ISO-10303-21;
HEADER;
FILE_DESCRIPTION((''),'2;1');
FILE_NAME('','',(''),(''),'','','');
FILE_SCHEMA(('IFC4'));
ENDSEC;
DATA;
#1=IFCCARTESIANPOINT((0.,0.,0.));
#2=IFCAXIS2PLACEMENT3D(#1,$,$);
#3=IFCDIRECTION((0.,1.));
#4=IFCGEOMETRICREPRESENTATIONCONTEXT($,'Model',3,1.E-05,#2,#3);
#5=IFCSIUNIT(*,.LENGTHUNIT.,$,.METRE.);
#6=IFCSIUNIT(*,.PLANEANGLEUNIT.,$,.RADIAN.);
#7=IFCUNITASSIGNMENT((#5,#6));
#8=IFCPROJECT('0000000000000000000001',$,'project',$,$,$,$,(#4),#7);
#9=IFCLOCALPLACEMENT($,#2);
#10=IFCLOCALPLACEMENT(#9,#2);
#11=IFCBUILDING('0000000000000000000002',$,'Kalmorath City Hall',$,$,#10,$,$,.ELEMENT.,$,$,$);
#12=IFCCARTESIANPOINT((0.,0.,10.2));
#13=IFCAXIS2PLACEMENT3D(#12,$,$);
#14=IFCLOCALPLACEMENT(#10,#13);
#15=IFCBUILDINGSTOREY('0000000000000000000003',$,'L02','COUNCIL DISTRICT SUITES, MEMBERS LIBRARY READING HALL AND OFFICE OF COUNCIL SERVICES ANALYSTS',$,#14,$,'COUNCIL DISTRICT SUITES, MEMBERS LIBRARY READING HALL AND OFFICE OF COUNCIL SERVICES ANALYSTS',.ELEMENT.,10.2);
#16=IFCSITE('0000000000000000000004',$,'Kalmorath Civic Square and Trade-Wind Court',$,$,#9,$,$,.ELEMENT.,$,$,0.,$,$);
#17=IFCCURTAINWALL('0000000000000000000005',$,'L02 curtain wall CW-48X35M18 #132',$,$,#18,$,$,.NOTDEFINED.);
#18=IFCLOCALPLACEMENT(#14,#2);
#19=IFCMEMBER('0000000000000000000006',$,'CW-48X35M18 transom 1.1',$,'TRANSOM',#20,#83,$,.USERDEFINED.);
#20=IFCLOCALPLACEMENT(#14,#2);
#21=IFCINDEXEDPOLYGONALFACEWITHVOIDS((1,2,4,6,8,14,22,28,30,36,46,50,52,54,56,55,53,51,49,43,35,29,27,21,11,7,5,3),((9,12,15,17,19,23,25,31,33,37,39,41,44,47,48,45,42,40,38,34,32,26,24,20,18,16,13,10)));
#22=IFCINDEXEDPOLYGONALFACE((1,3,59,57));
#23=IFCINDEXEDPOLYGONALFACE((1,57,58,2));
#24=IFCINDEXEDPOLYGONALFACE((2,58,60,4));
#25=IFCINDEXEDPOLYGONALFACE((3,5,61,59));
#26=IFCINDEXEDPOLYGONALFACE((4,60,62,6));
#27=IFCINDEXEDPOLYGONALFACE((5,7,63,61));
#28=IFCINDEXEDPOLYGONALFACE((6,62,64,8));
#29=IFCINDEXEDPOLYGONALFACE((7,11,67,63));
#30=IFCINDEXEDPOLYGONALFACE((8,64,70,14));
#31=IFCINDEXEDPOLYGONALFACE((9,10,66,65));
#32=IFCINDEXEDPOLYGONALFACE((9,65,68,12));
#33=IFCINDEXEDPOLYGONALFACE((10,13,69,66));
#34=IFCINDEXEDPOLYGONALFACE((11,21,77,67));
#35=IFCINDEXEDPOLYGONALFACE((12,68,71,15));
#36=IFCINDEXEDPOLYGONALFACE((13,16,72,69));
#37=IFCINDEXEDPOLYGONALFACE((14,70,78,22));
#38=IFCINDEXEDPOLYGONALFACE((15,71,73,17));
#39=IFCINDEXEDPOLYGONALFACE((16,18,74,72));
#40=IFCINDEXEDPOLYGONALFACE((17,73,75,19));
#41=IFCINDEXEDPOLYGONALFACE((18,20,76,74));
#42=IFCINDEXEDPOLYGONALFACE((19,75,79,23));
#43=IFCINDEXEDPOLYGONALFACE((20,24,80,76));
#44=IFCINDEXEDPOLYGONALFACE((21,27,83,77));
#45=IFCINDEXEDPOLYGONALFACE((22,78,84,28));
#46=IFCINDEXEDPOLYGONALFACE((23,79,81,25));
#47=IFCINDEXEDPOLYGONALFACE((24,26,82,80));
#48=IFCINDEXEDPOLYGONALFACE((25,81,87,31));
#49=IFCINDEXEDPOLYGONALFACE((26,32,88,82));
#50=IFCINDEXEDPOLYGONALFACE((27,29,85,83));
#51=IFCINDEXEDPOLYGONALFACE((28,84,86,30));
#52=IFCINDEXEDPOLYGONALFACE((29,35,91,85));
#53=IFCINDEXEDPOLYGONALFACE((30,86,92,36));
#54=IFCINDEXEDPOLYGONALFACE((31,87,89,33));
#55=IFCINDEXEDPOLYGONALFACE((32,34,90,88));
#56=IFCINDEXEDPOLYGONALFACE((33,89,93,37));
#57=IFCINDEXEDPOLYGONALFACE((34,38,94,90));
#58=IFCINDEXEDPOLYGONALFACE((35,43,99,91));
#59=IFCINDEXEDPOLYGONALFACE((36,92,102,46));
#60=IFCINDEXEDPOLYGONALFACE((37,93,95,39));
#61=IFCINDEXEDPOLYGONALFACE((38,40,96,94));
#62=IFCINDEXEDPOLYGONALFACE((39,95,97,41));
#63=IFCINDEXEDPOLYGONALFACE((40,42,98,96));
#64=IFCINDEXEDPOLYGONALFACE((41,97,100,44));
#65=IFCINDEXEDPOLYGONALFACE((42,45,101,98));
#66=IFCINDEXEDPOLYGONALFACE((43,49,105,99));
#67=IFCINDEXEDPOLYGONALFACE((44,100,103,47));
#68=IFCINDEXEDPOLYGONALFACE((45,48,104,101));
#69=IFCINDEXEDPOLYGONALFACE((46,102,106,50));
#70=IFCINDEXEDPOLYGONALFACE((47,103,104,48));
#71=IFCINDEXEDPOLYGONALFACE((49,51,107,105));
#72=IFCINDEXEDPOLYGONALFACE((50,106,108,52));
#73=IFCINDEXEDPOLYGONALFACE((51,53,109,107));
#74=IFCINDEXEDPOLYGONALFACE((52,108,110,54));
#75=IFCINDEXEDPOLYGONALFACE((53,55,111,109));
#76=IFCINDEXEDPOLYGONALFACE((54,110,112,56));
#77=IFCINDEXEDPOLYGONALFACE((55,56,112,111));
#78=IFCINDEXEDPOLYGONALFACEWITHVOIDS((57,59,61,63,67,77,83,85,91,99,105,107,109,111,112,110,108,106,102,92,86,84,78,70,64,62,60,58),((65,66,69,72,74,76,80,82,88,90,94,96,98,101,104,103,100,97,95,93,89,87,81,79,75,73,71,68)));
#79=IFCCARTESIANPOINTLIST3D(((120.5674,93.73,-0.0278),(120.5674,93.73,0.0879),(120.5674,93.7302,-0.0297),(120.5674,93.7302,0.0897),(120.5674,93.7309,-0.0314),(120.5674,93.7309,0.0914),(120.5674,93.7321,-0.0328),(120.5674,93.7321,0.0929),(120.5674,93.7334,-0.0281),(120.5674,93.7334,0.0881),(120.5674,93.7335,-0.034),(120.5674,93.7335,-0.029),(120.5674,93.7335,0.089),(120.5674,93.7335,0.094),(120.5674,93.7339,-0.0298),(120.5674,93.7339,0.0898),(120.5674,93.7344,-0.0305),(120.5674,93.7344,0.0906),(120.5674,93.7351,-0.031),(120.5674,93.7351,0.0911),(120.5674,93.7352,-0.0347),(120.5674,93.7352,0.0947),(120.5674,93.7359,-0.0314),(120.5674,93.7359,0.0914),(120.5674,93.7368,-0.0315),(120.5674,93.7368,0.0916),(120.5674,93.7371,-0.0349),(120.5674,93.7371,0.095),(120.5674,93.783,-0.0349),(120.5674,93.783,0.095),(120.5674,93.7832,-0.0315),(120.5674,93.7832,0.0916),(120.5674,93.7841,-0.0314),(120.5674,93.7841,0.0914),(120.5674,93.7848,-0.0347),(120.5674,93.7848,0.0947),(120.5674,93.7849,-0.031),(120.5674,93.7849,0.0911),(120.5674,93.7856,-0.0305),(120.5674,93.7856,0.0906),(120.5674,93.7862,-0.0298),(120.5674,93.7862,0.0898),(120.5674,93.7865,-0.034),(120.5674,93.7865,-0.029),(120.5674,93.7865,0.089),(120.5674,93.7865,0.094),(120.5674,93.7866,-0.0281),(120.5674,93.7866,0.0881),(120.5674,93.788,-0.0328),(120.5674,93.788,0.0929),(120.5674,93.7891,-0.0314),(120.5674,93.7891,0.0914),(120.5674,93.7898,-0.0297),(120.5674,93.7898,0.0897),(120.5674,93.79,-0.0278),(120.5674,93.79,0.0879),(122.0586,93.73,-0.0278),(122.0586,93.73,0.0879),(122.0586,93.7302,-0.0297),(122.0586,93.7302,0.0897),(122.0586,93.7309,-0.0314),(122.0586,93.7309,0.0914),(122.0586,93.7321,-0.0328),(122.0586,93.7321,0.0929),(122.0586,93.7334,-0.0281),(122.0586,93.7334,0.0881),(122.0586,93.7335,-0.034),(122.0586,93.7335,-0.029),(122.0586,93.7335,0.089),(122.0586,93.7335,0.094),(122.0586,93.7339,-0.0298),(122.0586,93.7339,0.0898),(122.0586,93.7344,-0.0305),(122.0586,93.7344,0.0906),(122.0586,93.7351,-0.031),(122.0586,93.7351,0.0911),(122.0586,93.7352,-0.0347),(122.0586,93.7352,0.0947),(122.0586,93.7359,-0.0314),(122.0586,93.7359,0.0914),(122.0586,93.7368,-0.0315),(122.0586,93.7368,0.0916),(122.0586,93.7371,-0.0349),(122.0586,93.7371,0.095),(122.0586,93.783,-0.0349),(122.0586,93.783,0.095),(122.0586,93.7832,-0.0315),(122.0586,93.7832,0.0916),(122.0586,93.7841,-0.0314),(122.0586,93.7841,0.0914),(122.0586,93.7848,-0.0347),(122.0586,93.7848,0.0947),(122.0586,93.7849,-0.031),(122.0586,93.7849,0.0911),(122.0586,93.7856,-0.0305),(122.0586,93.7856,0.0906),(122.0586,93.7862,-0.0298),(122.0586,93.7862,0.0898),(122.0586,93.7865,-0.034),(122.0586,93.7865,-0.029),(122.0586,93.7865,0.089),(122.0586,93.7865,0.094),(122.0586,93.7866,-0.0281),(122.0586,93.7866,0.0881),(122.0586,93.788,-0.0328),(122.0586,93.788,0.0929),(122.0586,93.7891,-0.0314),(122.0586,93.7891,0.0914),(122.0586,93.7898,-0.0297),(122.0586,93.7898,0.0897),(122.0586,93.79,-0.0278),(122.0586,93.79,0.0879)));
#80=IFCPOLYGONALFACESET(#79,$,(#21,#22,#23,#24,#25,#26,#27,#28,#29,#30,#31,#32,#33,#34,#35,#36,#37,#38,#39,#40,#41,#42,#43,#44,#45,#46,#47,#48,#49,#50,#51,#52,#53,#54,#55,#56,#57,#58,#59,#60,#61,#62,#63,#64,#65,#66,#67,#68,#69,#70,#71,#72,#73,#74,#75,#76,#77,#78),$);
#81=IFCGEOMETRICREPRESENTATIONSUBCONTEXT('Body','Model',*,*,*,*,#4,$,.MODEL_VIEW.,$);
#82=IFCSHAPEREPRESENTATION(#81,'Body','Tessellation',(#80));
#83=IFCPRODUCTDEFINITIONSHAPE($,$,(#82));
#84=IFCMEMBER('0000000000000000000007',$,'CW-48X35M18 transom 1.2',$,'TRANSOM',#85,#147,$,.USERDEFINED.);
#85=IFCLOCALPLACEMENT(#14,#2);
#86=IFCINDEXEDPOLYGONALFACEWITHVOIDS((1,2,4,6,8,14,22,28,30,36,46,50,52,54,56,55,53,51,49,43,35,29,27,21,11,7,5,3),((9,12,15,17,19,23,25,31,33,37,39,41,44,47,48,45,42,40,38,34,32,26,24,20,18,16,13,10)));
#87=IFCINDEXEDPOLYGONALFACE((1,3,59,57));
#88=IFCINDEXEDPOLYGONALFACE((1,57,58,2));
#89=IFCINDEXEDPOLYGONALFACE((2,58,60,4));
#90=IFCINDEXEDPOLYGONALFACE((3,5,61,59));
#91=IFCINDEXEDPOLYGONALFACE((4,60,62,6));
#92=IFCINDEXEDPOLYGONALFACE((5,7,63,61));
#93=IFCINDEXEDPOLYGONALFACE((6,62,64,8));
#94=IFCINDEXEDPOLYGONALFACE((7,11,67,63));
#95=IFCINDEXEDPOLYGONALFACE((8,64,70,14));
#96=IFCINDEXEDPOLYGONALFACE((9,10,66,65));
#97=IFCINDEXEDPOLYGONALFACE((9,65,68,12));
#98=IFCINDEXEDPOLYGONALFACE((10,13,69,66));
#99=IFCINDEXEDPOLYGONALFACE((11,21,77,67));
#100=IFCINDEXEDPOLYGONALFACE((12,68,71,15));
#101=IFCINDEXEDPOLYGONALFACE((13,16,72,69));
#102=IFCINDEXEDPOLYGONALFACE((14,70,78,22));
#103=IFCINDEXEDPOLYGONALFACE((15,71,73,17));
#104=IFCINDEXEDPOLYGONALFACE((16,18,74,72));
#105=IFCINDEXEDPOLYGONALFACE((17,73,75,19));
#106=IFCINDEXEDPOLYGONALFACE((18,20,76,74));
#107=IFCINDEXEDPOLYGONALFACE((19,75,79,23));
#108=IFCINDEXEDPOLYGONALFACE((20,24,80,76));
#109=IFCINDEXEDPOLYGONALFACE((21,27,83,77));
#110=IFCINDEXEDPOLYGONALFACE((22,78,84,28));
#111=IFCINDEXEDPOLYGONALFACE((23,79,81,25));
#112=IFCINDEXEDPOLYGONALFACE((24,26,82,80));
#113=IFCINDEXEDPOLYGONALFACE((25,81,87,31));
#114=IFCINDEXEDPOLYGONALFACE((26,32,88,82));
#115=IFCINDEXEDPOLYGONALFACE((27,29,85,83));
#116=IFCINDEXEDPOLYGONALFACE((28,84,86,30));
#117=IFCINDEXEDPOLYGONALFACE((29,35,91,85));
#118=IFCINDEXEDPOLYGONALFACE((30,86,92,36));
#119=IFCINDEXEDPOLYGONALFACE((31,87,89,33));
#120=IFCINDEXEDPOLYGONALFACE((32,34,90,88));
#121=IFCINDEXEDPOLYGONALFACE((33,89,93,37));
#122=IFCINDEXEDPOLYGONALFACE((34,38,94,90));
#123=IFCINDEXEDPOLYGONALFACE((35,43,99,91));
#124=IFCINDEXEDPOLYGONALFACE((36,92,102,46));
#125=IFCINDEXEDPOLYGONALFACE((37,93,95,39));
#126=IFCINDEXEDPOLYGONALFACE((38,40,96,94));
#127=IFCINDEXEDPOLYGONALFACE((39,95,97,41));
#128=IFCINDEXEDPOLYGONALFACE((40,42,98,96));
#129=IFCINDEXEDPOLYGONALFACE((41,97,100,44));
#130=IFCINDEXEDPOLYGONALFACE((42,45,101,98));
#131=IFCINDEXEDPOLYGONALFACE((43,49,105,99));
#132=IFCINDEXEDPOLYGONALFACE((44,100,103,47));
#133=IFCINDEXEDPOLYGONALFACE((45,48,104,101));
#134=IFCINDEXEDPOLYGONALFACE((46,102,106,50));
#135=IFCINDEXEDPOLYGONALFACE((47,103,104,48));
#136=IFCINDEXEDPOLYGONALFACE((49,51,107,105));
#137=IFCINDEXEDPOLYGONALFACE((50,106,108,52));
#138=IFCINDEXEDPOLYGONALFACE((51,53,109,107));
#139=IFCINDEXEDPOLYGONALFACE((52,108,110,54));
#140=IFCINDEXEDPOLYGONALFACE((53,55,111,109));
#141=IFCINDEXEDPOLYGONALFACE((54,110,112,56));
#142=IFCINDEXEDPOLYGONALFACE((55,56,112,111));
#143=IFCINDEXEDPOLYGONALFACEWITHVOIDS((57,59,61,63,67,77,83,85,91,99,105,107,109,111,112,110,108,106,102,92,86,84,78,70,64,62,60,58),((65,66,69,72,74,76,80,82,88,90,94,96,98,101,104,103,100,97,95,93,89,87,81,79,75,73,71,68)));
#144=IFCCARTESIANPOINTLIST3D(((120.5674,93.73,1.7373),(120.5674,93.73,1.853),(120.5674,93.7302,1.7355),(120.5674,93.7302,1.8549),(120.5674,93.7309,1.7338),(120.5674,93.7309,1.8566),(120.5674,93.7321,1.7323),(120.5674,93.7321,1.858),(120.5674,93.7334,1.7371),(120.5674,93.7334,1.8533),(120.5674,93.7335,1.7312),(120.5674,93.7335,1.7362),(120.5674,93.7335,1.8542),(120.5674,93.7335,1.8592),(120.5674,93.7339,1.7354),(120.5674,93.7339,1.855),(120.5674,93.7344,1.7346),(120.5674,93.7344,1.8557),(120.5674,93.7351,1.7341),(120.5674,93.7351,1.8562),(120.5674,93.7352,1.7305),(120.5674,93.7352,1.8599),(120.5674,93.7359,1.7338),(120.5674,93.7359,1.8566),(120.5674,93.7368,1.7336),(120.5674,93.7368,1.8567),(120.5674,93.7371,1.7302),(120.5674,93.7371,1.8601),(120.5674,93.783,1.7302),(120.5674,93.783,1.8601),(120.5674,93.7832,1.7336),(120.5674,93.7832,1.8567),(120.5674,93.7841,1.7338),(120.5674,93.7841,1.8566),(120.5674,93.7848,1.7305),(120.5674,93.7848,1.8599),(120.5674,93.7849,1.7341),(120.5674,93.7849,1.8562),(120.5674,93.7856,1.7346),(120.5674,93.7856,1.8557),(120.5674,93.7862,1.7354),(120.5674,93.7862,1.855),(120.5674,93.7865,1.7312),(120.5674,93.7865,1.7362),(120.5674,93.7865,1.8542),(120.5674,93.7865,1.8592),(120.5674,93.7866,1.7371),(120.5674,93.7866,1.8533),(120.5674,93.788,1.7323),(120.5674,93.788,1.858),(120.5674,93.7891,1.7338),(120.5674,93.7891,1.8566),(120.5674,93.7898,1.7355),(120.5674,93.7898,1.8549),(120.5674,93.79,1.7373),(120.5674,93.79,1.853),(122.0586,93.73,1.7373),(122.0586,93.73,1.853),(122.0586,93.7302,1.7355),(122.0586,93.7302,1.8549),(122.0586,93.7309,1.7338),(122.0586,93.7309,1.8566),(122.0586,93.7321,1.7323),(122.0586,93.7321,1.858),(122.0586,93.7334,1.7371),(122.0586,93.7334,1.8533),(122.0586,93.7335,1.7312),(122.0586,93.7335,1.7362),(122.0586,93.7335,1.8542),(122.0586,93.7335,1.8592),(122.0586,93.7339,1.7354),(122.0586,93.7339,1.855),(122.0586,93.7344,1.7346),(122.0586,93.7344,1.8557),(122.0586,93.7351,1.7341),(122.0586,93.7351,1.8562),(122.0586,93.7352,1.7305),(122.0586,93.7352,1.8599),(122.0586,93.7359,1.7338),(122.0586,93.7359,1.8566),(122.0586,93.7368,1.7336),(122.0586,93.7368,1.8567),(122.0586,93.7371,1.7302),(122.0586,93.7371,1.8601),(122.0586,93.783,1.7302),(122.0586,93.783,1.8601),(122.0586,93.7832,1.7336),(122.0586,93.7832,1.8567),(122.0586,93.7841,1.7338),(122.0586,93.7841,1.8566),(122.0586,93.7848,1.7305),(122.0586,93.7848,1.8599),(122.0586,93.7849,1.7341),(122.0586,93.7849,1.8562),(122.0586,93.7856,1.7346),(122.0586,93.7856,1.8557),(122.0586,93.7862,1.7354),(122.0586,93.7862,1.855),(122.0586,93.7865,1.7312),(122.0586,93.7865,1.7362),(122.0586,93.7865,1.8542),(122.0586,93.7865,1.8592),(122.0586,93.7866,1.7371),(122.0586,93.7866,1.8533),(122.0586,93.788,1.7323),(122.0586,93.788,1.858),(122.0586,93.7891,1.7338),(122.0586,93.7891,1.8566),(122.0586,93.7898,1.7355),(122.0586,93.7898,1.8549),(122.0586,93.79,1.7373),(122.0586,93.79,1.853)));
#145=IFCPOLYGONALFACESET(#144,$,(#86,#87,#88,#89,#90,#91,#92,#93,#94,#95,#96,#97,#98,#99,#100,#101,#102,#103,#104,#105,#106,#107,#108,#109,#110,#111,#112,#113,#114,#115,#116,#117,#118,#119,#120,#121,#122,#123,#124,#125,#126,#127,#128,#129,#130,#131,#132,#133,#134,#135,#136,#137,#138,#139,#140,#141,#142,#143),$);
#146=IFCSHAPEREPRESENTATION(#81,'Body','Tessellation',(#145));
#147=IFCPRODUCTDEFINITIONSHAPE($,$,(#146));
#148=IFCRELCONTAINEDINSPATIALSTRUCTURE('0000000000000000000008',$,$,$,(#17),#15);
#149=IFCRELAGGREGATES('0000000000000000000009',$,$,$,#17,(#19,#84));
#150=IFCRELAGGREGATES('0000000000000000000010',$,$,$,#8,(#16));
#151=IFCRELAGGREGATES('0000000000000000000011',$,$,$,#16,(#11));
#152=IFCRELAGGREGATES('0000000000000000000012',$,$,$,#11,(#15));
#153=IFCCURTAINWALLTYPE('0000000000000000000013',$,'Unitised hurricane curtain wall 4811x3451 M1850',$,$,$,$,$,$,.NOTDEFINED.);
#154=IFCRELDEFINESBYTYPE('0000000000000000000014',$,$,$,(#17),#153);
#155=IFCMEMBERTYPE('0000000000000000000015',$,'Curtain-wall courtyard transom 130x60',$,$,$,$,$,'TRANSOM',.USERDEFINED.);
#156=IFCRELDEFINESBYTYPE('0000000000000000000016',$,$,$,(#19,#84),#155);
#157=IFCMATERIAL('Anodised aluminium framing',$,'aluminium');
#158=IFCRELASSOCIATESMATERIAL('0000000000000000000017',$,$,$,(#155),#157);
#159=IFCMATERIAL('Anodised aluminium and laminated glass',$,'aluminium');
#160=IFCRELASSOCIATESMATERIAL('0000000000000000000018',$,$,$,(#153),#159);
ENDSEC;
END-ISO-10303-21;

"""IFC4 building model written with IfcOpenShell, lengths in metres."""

from ifc_helpers import new_model, si_unit, direction, frame, origin, origin_2d, place, context, subcontext, project, spatial, hollow_rectangle, extrude, material, material_profile, profile_set, type_object, element, aggregate, save


model = new_model("IFC4")

# Units and contexts
model_context = context("Model", 3, precision=1e-05, world=origin(), true_north=direction((0.0, 1.0)))
body_context = subcontext(model_context, "Body", "Model", "MODEL_VIEW")
ifc_project = project(units=[si_unit("LENGTHUNIT", "METRE"), si_unit("PLANEANGLEUNIT", "RADIAN")], contexts=[model_context])

# Site, building, storey
site_placement = place(None, origin())
site = spatial("IfcSite", under=ifc_project, at=site_placement, Name="Kalmorath Civic Square and Trade-Wind Court", CompositionType="ELEMENT", RefElevation=0.0)
building_placement = place(site_placement, origin())
building = spatial("IfcBuilding", under=site, at=building_placement, Name="Kalmorath City Hall", CompositionType="ELEMENT")
storey_placement = place(building_placement, frame((0.0, 0.0, 10.2)))
storey = spatial("IfcBuildingStorey", under=building, at=storey_placement, Name="L02", Description="COUNCIL DISTRICT SUITES, MEMBERS LIBRARY READING HALL AND OFFICE OF COUNCIL SERVICES ANALYSTS", LongName="COUNCIL DISTRICT SUITES, MEMBERS LIBRARY READING HALL AND OFFICE OF COUNCIL SERVICES ANALYSTS", CompositionType="ELEMENT", Elevation=10.2)

# Curtain wall, members
ifc_material_1 = material(Name="Anodised aluminium framing", Category="aluminium")
ifc_material_profile_1 = material_profile(ifc_material_1, hollow_rectangle(XDim=0.0601, YDim=0.1299, WallThickness=0.0034, InnerFilletRadius=0.0034, OuterFilletRadius=0.0071, at=origin_2d()), Name="ALU-TRN-130X60X3.5")
ifc_profile_set_1 = profile_set([ifc_material_profile_1], Name="Anodised aluminium framing")
member_type_1 = type_object("IfcMemberType", Name="Curtain-wall courtyard transom 130x60", ElementType="TRANSOM", PredefinedType="USERDEFINED", material=ifc_profile_set_1)
ifc_material_2 = material(Name="Anodised aluminium and laminated glass", Category="aluminium")
curtain_wall_type_1 = type_object("IfcCurtainWallType", Name="Unitised hurricane curtain wall 4811x3451 M1850", PredefinedType="NOTDEFINED", material=ifc_material_2)
curtain_wall_1_placement = place(storey_placement, origin())
curtain_wall_1 = element("IfcCurtainWall", 1, at=curtain_wall_1_placement, inside=storey, type_object=curtain_wall_type_1, Name="L02 curtain wall CW-48X35M18 #132", PredefinedType="NOTDEFINED")
member_1_placement = place(storey_placement, frame((122.0586, 93.76, 0.03), z_axis=(-1.0, 0.0, 0.0), x_axis=(0.0, -1.0, 0.0)))
member_1 = element("IfcMember", 2, at=member_1_placement, type_object=member_type_1, Name="CW-48X35M18 transom 1.1", ObjectType="TRANSOM", PredefinedType="USERDEFINED", context=body_context, shape_type="SweptSolid", body=[
    extrude(hollow_rectangle(XDim=0.0601, YDim=0.1299, WallThickness=0.0034, InnerFilletRadius=0.0034, OuterFilletRadius=0.0071, at=origin_2d()), origin(), (0.0, 0.0, 1.0), 1.4912),
])
member_2_placement = place(storey_placement, frame((122.0586, 93.76, 1.7952), z_axis=(-1.0, 0.0, 0.0), x_axis=(0.0, -1.0, 0.0)))
member_2 = element("IfcMember", 3, at=member_2_placement, type_object=member_type_1, Name="CW-48X35M18 transom 1.2", ObjectType="TRANSOM", PredefinedType="USERDEFINED", context=body_context, shape_type="SweptSolid", body=[
    extrude(hollow_rectangle(XDim=0.0601, YDim=0.1299, WallThickness=0.0034, InnerFilletRadius=0.0034, OuterFilletRadius=0.0071, at=origin_2d()), origin(), (0.0, 0.0, 1.0), 1.4912),
])

aggregate(curtain_wall_1, [member_1, member_2])

save(model, "model.ifc")
